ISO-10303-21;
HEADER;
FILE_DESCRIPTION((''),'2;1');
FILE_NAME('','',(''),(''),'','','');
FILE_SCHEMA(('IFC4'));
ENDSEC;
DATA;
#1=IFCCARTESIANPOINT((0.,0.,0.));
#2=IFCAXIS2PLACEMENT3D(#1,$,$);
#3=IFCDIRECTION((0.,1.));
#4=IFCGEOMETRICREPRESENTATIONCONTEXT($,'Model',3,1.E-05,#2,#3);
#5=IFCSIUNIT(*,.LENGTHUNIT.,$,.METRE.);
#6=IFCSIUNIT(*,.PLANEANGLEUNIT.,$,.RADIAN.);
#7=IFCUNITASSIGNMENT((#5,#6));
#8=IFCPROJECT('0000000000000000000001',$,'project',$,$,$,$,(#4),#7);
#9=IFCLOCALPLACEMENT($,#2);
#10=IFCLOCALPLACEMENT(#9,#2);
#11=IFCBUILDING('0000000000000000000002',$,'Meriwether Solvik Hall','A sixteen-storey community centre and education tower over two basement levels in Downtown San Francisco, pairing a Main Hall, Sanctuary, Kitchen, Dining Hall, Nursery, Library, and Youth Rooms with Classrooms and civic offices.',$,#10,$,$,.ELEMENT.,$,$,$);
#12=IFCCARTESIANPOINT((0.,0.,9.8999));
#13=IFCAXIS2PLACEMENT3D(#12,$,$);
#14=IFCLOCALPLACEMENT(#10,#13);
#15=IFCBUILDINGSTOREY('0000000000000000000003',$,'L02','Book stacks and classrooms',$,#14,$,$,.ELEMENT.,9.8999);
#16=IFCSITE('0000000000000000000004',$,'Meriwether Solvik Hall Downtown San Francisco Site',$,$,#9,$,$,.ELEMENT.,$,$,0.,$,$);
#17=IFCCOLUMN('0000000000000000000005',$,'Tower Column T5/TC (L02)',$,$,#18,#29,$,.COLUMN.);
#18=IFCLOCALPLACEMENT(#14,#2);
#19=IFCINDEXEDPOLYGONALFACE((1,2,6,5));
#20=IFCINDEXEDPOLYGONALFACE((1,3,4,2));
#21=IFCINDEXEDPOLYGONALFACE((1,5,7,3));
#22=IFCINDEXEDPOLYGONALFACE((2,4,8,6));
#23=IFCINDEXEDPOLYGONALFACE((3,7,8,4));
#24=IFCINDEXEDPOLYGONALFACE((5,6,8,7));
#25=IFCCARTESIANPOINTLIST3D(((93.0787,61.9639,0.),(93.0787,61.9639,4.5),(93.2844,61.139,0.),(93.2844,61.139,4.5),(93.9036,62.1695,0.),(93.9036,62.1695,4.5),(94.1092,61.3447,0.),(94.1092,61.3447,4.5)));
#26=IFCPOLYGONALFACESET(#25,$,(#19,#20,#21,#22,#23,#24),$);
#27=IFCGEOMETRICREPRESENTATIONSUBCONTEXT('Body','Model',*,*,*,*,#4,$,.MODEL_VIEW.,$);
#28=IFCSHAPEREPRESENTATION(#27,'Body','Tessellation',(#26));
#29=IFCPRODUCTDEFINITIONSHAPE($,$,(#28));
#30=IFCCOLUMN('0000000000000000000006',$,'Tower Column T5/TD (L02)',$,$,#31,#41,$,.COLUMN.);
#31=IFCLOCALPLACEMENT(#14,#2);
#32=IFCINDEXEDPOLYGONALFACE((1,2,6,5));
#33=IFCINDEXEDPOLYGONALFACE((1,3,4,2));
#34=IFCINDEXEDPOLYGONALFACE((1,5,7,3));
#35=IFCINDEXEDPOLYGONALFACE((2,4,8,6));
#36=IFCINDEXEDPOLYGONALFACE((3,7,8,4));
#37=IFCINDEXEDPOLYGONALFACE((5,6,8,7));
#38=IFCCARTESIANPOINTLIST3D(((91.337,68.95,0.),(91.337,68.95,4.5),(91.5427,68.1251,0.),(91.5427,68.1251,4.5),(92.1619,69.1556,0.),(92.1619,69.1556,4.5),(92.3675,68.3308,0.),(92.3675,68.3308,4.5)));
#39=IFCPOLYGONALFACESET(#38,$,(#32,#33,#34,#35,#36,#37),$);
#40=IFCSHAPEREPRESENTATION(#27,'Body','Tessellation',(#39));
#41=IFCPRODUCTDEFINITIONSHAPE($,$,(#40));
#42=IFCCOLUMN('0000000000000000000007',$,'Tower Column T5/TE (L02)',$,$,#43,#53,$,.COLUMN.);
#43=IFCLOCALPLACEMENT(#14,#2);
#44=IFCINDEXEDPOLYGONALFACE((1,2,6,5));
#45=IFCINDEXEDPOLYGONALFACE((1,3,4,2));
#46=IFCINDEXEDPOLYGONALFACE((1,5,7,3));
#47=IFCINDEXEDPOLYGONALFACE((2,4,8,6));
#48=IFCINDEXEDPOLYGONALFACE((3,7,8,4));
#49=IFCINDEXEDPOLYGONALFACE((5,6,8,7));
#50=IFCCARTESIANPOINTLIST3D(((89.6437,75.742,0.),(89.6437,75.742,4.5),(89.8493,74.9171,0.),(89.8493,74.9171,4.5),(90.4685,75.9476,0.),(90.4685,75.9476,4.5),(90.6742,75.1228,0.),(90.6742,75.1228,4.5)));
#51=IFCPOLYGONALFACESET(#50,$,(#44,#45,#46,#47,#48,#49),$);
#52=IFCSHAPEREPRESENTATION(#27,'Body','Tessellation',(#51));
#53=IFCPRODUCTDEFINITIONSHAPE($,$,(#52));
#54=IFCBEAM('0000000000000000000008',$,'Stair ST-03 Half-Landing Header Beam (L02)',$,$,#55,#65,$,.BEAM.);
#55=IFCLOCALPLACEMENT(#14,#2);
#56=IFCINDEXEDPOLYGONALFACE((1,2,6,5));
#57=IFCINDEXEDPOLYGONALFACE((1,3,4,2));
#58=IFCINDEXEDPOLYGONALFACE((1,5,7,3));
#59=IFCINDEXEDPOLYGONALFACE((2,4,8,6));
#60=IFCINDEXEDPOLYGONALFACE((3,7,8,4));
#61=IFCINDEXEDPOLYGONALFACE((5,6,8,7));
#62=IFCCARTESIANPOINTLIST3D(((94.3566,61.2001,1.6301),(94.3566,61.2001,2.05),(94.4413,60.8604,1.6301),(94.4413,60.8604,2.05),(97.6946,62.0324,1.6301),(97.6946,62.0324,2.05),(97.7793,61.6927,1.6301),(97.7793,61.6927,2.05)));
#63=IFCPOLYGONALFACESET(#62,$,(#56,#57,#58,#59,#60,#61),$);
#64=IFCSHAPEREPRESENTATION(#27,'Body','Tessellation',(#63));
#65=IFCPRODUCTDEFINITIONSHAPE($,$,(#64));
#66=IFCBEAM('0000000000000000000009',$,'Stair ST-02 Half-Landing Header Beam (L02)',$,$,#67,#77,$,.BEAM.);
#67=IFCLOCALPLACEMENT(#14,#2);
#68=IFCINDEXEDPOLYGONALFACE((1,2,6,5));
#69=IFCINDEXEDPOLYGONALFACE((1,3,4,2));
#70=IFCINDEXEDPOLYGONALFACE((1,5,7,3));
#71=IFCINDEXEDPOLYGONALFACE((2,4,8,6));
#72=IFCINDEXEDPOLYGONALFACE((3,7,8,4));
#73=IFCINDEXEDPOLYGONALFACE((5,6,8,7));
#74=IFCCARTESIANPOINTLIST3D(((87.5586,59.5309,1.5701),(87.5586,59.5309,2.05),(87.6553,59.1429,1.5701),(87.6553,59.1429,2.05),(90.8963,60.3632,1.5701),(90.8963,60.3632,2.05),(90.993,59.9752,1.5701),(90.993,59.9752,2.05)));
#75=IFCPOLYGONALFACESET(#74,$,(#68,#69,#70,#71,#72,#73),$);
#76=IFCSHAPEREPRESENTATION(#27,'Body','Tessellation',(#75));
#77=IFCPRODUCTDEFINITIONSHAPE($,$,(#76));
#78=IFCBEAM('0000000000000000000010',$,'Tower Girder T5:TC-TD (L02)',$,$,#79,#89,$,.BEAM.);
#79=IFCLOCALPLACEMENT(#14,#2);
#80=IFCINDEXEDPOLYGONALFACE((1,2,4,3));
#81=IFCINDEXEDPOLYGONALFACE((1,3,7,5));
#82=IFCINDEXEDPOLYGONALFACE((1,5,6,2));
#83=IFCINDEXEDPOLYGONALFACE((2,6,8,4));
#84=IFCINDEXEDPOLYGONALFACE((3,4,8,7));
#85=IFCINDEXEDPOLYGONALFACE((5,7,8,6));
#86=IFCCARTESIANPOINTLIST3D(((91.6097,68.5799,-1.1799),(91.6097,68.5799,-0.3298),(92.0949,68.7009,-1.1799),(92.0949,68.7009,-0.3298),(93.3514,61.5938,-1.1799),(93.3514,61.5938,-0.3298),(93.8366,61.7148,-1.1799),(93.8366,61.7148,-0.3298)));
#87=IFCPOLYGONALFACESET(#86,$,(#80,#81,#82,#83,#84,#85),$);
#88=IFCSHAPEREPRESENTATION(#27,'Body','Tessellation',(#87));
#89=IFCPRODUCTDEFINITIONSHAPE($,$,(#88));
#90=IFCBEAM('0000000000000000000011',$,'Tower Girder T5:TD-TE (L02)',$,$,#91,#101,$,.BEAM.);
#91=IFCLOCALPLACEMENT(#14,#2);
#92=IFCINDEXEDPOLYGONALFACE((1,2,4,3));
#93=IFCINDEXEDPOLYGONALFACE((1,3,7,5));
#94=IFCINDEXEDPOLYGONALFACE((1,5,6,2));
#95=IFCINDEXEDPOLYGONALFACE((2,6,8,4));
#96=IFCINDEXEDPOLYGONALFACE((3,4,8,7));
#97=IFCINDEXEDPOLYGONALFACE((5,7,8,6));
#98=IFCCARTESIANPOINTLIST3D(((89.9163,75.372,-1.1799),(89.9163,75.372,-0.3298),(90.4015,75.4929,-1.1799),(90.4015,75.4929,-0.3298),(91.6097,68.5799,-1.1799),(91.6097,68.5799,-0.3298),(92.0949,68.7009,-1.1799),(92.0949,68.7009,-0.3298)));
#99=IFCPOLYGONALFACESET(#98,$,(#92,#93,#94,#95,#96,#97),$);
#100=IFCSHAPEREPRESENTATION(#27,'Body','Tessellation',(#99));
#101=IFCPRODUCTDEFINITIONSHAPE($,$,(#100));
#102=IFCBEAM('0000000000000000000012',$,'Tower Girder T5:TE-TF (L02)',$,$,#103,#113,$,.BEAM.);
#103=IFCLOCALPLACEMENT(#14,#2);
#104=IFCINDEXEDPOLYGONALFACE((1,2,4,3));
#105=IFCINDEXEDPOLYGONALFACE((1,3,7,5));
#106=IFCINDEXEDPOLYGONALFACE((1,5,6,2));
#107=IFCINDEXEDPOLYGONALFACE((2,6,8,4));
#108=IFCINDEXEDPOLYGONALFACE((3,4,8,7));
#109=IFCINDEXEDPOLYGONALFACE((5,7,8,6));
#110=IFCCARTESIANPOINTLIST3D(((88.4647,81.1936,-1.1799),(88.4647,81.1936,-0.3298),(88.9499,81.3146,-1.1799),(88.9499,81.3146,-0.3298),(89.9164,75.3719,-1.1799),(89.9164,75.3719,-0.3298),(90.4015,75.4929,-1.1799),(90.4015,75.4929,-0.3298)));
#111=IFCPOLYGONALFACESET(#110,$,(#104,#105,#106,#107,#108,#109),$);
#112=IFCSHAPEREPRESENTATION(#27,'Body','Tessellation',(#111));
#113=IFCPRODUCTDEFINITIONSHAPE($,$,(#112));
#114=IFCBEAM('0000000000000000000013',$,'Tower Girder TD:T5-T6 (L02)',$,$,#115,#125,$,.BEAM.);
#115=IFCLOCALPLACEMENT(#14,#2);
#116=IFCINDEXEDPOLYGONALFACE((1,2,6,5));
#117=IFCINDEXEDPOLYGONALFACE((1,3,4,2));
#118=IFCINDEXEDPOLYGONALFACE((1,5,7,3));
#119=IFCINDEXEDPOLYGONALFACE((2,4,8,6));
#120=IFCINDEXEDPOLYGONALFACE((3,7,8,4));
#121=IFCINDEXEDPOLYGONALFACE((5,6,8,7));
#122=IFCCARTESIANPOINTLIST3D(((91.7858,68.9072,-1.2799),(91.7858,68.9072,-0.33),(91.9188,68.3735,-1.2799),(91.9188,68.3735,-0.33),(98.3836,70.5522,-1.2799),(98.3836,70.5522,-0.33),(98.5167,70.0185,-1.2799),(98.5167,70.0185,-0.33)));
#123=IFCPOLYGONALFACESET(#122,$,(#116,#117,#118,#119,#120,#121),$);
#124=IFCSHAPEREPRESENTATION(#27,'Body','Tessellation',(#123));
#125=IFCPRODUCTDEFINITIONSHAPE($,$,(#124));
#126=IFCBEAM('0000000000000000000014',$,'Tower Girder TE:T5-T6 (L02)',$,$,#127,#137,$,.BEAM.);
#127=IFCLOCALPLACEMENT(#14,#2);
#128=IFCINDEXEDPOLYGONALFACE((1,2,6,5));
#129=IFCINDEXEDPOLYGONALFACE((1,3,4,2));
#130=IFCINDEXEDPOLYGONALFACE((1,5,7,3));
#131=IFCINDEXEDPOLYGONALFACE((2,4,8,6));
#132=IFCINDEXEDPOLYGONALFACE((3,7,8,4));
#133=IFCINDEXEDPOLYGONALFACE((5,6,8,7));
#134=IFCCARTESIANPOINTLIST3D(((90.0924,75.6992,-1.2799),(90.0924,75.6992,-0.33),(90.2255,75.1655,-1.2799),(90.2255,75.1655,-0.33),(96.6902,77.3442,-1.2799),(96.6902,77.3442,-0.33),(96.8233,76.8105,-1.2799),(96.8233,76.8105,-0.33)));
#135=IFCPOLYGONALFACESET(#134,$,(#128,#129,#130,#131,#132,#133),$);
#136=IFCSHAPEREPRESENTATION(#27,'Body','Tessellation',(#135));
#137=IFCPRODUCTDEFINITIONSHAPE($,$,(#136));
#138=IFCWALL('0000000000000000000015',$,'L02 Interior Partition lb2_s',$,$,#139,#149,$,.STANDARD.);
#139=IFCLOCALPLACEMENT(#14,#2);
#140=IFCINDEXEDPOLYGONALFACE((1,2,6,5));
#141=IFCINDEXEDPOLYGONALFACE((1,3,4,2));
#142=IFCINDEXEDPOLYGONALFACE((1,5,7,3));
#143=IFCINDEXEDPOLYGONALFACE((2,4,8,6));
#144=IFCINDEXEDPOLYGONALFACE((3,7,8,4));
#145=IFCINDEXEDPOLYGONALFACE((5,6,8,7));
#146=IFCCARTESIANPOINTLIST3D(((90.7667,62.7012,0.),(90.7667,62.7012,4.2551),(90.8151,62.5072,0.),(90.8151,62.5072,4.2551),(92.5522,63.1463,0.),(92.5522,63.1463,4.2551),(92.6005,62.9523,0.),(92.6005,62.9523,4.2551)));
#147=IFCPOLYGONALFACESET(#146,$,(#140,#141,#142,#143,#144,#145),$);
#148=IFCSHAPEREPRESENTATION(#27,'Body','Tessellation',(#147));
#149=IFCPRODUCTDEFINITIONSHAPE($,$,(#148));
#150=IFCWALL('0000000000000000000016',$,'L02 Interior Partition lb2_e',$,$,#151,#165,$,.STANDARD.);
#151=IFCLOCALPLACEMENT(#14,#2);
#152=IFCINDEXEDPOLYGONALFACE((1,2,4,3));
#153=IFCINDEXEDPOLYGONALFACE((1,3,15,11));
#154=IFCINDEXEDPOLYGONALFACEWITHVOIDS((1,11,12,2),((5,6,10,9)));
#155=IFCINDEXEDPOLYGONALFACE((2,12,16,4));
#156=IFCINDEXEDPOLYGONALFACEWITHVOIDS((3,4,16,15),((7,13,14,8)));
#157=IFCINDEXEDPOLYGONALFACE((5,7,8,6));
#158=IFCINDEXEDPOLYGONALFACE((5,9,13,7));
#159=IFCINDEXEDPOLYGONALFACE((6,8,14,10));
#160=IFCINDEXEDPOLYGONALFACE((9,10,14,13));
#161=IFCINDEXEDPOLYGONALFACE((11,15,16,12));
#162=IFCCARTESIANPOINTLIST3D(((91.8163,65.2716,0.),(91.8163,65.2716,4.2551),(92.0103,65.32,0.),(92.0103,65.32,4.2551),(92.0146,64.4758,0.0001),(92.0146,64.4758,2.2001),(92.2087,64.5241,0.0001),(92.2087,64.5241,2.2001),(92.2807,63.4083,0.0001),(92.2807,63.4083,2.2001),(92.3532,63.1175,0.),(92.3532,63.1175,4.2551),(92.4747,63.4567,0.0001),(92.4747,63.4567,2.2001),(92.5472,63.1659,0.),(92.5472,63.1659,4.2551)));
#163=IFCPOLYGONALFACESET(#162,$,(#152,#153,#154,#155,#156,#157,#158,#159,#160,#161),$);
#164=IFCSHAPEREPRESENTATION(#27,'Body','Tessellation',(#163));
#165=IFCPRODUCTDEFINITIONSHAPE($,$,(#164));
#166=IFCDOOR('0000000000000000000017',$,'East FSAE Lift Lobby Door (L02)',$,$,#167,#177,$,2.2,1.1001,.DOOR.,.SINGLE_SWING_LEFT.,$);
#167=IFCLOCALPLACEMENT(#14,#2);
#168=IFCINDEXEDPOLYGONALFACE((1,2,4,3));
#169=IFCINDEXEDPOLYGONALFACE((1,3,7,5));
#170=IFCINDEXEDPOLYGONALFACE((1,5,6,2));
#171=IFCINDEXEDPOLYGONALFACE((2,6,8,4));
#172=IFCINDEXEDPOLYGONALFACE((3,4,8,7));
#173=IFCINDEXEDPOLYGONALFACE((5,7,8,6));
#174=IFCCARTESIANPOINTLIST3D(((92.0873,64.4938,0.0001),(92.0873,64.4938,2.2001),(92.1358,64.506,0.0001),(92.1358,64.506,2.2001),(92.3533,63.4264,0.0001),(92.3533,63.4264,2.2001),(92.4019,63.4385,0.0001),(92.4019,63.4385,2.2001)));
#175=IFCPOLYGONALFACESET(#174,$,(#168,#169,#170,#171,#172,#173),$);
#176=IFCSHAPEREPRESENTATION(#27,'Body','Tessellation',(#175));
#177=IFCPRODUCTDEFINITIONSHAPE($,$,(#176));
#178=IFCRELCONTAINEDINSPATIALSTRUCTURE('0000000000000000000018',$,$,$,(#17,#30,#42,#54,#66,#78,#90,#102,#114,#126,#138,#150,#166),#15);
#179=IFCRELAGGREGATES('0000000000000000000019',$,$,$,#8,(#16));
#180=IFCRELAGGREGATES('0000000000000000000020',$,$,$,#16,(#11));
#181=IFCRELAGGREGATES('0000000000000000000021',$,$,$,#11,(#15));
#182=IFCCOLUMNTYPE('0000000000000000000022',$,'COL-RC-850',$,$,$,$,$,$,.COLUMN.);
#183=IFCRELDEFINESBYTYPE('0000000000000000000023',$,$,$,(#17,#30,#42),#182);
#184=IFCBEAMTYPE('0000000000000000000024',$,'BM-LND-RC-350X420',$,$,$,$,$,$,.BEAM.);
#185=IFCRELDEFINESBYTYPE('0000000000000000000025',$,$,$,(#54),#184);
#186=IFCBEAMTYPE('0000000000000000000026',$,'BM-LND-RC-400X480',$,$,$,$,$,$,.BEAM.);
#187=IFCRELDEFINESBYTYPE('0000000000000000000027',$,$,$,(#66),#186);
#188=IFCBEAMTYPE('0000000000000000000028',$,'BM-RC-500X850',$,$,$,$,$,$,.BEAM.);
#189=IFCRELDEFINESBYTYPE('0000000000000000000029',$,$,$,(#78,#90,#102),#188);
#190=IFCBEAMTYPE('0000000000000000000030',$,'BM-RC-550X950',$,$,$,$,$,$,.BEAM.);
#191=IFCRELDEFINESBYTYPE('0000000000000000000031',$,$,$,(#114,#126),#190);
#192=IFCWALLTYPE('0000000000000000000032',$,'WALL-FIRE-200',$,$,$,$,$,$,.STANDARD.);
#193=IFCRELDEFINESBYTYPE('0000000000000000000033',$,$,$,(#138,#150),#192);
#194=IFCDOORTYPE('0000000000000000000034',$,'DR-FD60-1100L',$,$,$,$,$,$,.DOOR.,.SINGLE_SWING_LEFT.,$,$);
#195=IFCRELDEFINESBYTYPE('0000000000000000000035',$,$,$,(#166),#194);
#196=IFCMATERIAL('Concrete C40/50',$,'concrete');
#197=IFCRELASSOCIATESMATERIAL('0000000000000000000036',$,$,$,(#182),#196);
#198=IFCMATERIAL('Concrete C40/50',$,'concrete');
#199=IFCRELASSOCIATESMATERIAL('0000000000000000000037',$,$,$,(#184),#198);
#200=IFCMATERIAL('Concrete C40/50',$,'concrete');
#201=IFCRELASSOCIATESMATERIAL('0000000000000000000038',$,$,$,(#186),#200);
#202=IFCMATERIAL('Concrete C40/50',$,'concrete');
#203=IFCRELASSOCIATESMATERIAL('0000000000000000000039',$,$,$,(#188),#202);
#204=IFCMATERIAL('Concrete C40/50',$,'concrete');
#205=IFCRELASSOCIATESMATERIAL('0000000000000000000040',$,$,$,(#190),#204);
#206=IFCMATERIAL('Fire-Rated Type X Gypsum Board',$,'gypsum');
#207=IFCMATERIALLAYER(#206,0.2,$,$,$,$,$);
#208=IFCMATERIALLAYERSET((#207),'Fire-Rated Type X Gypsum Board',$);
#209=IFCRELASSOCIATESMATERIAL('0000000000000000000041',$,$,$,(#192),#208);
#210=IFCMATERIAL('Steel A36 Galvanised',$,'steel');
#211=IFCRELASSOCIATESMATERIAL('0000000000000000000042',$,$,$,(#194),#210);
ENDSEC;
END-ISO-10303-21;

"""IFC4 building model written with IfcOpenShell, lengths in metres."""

from ifc_helpers import new_model, si_unit, direction, frame, frame_2d, origin, origin_2d, place, context, subcontext, project, spatial, rectangle, extrude, material, layer, layer_set, material_profile, profile_set, type_object, element, fill, save


model = new_model("IFC4")

# Units and contexts
model_context = context("Model", 3, precision=1e-05, world=origin(), true_north=direction((0.0, 1.0)))
body_context = subcontext(model_context, "Body", "Model", "MODEL_VIEW")
ifc_project = project(units=[si_unit("LENGTHUNIT", "METRE"), si_unit("PLANEANGLEUNIT", "RADIAN")], contexts=[model_context])

# Site, building, storey
site_placement = place(None, origin())
site = spatial("IfcSite", under=ifc_project, at=site_placement, Name="Meriwether Solvik Hall Downtown San Francisco Site", CompositionType="ELEMENT", RefElevation=0.0)
building_placement = place(site_placement, origin())
building = spatial("IfcBuilding", under=site, at=building_placement, Name="Meriwether Solvik Hall", Description="A sixteen-storey community centre and education tower over two basement levels in Downtown San Francisco, pairing a Main Hall, Sanctuary, Kitchen, Dining Hall, Nursery, Library, and Youth Rooms with Classrooms and civic offices.", CompositionType="ELEMENT")
storey_placement = place(building_placement, frame((0.0, 0.0, 9.8999)))
storey = spatial("IfcBuildingStorey", under=building, at=storey_placement, Name="L02", Description="Book stacks and classrooms", CompositionType="ELEMENT", Elevation=9.8999)

# Columns
ifc_material_1 = material(Name="Concrete C40/50", Category="concrete")
ifc_material_profile_1 = material_profile(ifc_material_1, rectangle(XDim=0.8501, YDim=0.8501, at=origin_2d()), Name="RCC-850X850")
ifc_profile_set_1 = profile_set([ifc_material_profile_1], Name="Concrete C40/50")
column_type = type_object("IfcColumnType", Name="COL-RC-850", PredefinedType="COLUMN", material=ifc_profile_set_1)
for number, where, z_axis, x_axis, name in (
    (1, (93.594, 61.6543, 0.0), (0.0, 0.0, 1.0), (0.970296, 0.241922, 0.0), "Tower Column T5/TC (L02)"),
    (2, (91.8523, 68.6404, 0.0), (0.0, 0.0, 1.0), (0.970296, 0.241922, 0.0), "Tower Column T5/TD (L02)"),
    (3, (90.1589, 75.4324, 0.0), (0.0, 0.0, 1.0), (0.970296, 0.241922, 0.0), "Tower Column T5/TE (L02)"),
):
    element("IfcColumn", number, at=place(storey_placement, frame(where, z_axis=z_axis, x_axis=x_axis)), inside=storey, type_object=column_type, Name=name, PredefinedType="COLUMN", context=body_context, shape_type="SweptSolid", body=[
        extrude(rectangle(XDim=0.8501, YDim=0.8501, at=origin_2d()), origin(), (0.0, 0.0, 1.0), 4.5),
    ])

# Beams
ifc_material_2 = material(Name="Concrete C40/50", Category="concrete")
ifc_material_profile_2 = material_profile(ifc_material_2, rectangle(XDim=0.3501, YDim=0.4199, at=origin_2d()), Name="RCB-350X420")
ifc_profile_set_2 = profile_set([ifc_material_profile_2], Name="Concrete C40/50")
beam_type_1 = type_object("IfcBeamType", Name="BM-LND-RC-350X420", PredefinedType="BEAM", material=ifc_profile_set_2)
beam_1_placement = place(storey_placement, frame((94.3989, 61.0303, 1.8401), z_axis=(0.970293, 0.241934, 0.0), x_axis=(-0.241934, 0.970293, 0.0)))
element("IfcBeam", 4, at=beam_1_placement, inside=storey, type_object=beam_type_1, Name="Stair ST-03 Half-Landing Header Beam (L02)", PredefinedType="BEAM", context=body_context, shape_type="SweptSolid", body=[
    extrude(rectangle(XDim=0.3501, YDim=0.4199, at=origin_2d()), origin(), (0.0, 0.0, 1.0), 3.4402),
])
ifc_material_3 = material(Name="Concrete C40/50", Category="concrete")
ifc_material_profile_3 = material_profile(ifc_material_3, rectangle(XDim=0.3999, YDim=0.48, at=origin_2d()), Name="RCB-400X480")
ifc_profile_set_3 = profile_set([ifc_material_profile_3], Name="Concrete C40/50")
beam_type_2 = type_object("IfcBeamType", Name="BM-LND-RC-400X480", PredefinedType="BEAM", material=ifc_profile_set_3)
beam_2_placement = place(storey_placement, frame((87.6069, 59.3369, 1.8101), z_axis=(0.970288, 0.241951, 0.0), x_axis=(-0.241951, 0.970288, 0.0)))
element("IfcBeam", 5, at=beam_2_placement, inside=storey, type_object=beam_type_2, Name="Stair ST-02 Half-Landing Header Beam (L02)", PredefinedType="BEAM", context=body_context, shape_type="SweptSolid", body=[
    extrude(rectangle(XDim=0.3999, YDim=0.48, at=origin_2d()), origin(), (0.0, 0.0, 1.0), 3.4399),
])
ifc_material_4 = material(Name="Concrete C40/50", Category="concrete")
ifc_material_profile_4 = material_profile(ifc_material_4, rectangle(XDim=0.5, YDim=0.8501, at=origin_2d()), Name="RCB-500X850")
ifc_profile_set_4 = profile_set([ifc_material_profile_4], Name="Concrete C40/50")
beam_type_3 = type_object("IfcBeamType", Name="BM-RC-500X850", PredefinedType="BEAM", material=ifc_profile_set_4)
beam_3_placement = place(storey_placement, frame((93.594, 61.6543, -0.7549), z_axis=(-0.241905, 0.9703, 0.0), x_axis=(-0.9703, -0.241905, 0.0)))
element("IfcBeam", 6, at=beam_3_placement, inside=storey, type_object=beam_type_3, Name="Tower Girder T5:TC-TD (L02)", PredefinedType="BEAM", context=body_context, shape_type="SweptSolid", body=[
    extrude(rectangle(XDim=0.5, YDim=0.8501, at=origin_2d()), origin(), (0.0, 0.0, 1.0), 7.2),
])
beam_4_placement = place(storey_placement, frame((91.8523, 68.6404, -0.7549), z_axis=(-0.241912, 0.970298, 0.0), x_axis=(-0.970298, -0.241912, 0.0)))
element("IfcBeam", 7, at=beam_4_placement, inside=storey, type_object=beam_type_3, Name="Tower Girder T5:TD-TE (L02)", PredefinedType="BEAM", context=body_context, shape_type="SweptSolid", body=[
    extrude(rectangle(XDim=0.5, YDim=0.8501, at=origin_2d()), origin(), (0.0, 0.0, 1.0), 7.0),
])
beam_5_placement = place(storey_placement, frame((90.1589, 75.4324, -0.7549), z_axis=(-0.241942, 0.970291, 0.0), x_axis=(-0.970291, -0.241942, 0.0)))
element("IfcBeam", 8, at=beam_5_placement, inside=storey, type_object=beam_type_3, Name="Tower Girder T5:TE-TF (L02)", PredefinedType="BEAM", context=body_context, shape_type="SweptSolid", body=[
    extrude(rectangle(XDim=0.5, YDim=0.8501, at=origin_2d()), origin(), (0.0, 0.0, 1.0), 6.0),
])
ifc_material_5 = material(Name="Concrete C40/50", Category="concrete")
ifc_material_profile_5 = material_profile(ifc_material_5, rectangle(XDim=0.55, YDim=0.95, at=origin_2d()), Name="RCB-550X950")
ifc_profile_set_5 = profile_set([ifc_material_profile_5], Name="Concrete C40/50")
beam_type_4 = type_object("IfcBeamType", Name="BM-RC-550X950", PredefinedType="BEAM", material=ifc_profile_set_5)
for number, where, z_axis, x_axis, name in (
    (9, (91.8523, 68.6404, -0.8049), (0.970296, 0.241919, 0.0), (-0.241919, 0.970296, 0.0), "Tower Girder TD:T5-T6 (L02)"),
    (10, (90.1589, 75.4324, -0.8049), (0.970296, 0.241919, 0.0), (-0.241919, 0.970296, 0.0), "Tower Girder TE:T5-T6 (L02)"),
):
    element("IfcBeam", number, at=place(storey_placement, frame(where, z_axis=z_axis, x_axis=x_axis)), inside=storey, type_object=beam_type_4, Name=name, PredefinedType="BEAM", context=body_context, shape_type="SweptSolid", body=[
        extrude(rectangle(XDim=0.55, YDim=0.95, at=origin_2d()), origin(), (0.0, 0.0, 1.0), 6.7998),
    ])

# Wall
ifc_material_6 = material(Name="Fire-Rated Type X Gypsum Board", Category="gypsum")
ifc_layer_1 = layer(ifc_material_6, 0.2)
ifc_layer_set_1 = layer_set([ifc_layer_1], Name="Fire-Rated Type X Gypsum Board")
wall_type_1 = type_object("IfcWallType", Name="WALL-FIRE-200", PredefinedType="STANDARD", material=ifc_layer_set_1)
wall_1_placement = place(storey_placement, frame((90.791, 62.6042, 0.0), z_axis=(0.0, 0.0, 1.0), x_axis=(0.970306, 0.24188, 0.0)))
element("IfcWall", 11, at=wall_1_placement, inside=storey, type_object=wall_type_1, Name="L02 Interior Partition lb2_s", PredefinedType="STANDARD", context=body_context, shape_type="SweptSolid", body=[
    extrude(rectangle(XDim=1.8401, YDim=0.2, at=frame_2d((0.9199, 0.0))), origin(), (0.0, 0.0, 1.0), 4.2551),
])

# Wall, opening, door
wall_2_placement = place(storey_placement, frame((91.9133, 65.2957, 0.0), z_axis=(0.0, 0.0, 1.0), x_axis=(0.241837, -0.970317, 0.0)))
wall_2 = element("IfcWall", 12, at=wall_2_placement, inside=storey, type_object=wall_type_1, Name="L02 Interior Partition lb2_e", PredefinedType="STANDARD", context=body_context, shape_type="SweptSolid", body=[
    extrude(rectangle(XDim=2.22, YDim=0.2, at=frame_2d((1.1099, 0.0))), origin(), (0.0, 0.0, 1.0), 4.2551),
])
opening_1_placement = place(wall_2_placement, frame((0.8201, 0.0, 0.0)))
opening_1 = element("IfcOpeningElement", 13, at=opening_1_placement, cuts=wall_2, PredefinedType="OPENING", context=body_context, shape_type="SweptSolid", body=[
    extrude(rectangle(XDim=1.1001, YDim=2.2, at=frame_2d((0.55, 1.1001))), frame((0.0, 0.1118, 0.0), z_axis=(0.0, -1.0, 0.0), x_axis=(1.0, 0.0, 0.0)), (0.0, 0.0, 1.0), 0.2239),
])
ifc_material_7 = material(Name="Steel A36 Galvanised", Category="steel")
door_type_1 = type_object("IfcDoorType", Name="DR-FD60-1100L", OperationType="SINGLE_SWING_LEFT", PredefinedType="DOOR", material=ifc_material_7)
door_1_placement = place(opening_1_placement, origin())
door_1 = element("IfcDoor", 14, at=door_1_placement, inside=storey, type_object=door_type_1, Name="East FSAE Lift Lobby Door (L02)", OperationType="SINGLE_SWING_LEFT", OverallHeight=2.2, OverallWidth=1.1001, PredefinedType="DOOR", context=body_context, shape_type="SweptSolid", body=[
    extrude(rectangle(XDim=1.1001, YDim=2.2, at=frame_2d((0.55, 1.1001))), frame((0.0, 0.0249, 0.0), z_axis=(0.0, -1.0, 0.0), x_axis=(1.0, 0.0, 0.0)), (0.0, 0.0, 1.0), 0.05),
])
fill(opening_1, door_1)

save(model, "model.ifc")
